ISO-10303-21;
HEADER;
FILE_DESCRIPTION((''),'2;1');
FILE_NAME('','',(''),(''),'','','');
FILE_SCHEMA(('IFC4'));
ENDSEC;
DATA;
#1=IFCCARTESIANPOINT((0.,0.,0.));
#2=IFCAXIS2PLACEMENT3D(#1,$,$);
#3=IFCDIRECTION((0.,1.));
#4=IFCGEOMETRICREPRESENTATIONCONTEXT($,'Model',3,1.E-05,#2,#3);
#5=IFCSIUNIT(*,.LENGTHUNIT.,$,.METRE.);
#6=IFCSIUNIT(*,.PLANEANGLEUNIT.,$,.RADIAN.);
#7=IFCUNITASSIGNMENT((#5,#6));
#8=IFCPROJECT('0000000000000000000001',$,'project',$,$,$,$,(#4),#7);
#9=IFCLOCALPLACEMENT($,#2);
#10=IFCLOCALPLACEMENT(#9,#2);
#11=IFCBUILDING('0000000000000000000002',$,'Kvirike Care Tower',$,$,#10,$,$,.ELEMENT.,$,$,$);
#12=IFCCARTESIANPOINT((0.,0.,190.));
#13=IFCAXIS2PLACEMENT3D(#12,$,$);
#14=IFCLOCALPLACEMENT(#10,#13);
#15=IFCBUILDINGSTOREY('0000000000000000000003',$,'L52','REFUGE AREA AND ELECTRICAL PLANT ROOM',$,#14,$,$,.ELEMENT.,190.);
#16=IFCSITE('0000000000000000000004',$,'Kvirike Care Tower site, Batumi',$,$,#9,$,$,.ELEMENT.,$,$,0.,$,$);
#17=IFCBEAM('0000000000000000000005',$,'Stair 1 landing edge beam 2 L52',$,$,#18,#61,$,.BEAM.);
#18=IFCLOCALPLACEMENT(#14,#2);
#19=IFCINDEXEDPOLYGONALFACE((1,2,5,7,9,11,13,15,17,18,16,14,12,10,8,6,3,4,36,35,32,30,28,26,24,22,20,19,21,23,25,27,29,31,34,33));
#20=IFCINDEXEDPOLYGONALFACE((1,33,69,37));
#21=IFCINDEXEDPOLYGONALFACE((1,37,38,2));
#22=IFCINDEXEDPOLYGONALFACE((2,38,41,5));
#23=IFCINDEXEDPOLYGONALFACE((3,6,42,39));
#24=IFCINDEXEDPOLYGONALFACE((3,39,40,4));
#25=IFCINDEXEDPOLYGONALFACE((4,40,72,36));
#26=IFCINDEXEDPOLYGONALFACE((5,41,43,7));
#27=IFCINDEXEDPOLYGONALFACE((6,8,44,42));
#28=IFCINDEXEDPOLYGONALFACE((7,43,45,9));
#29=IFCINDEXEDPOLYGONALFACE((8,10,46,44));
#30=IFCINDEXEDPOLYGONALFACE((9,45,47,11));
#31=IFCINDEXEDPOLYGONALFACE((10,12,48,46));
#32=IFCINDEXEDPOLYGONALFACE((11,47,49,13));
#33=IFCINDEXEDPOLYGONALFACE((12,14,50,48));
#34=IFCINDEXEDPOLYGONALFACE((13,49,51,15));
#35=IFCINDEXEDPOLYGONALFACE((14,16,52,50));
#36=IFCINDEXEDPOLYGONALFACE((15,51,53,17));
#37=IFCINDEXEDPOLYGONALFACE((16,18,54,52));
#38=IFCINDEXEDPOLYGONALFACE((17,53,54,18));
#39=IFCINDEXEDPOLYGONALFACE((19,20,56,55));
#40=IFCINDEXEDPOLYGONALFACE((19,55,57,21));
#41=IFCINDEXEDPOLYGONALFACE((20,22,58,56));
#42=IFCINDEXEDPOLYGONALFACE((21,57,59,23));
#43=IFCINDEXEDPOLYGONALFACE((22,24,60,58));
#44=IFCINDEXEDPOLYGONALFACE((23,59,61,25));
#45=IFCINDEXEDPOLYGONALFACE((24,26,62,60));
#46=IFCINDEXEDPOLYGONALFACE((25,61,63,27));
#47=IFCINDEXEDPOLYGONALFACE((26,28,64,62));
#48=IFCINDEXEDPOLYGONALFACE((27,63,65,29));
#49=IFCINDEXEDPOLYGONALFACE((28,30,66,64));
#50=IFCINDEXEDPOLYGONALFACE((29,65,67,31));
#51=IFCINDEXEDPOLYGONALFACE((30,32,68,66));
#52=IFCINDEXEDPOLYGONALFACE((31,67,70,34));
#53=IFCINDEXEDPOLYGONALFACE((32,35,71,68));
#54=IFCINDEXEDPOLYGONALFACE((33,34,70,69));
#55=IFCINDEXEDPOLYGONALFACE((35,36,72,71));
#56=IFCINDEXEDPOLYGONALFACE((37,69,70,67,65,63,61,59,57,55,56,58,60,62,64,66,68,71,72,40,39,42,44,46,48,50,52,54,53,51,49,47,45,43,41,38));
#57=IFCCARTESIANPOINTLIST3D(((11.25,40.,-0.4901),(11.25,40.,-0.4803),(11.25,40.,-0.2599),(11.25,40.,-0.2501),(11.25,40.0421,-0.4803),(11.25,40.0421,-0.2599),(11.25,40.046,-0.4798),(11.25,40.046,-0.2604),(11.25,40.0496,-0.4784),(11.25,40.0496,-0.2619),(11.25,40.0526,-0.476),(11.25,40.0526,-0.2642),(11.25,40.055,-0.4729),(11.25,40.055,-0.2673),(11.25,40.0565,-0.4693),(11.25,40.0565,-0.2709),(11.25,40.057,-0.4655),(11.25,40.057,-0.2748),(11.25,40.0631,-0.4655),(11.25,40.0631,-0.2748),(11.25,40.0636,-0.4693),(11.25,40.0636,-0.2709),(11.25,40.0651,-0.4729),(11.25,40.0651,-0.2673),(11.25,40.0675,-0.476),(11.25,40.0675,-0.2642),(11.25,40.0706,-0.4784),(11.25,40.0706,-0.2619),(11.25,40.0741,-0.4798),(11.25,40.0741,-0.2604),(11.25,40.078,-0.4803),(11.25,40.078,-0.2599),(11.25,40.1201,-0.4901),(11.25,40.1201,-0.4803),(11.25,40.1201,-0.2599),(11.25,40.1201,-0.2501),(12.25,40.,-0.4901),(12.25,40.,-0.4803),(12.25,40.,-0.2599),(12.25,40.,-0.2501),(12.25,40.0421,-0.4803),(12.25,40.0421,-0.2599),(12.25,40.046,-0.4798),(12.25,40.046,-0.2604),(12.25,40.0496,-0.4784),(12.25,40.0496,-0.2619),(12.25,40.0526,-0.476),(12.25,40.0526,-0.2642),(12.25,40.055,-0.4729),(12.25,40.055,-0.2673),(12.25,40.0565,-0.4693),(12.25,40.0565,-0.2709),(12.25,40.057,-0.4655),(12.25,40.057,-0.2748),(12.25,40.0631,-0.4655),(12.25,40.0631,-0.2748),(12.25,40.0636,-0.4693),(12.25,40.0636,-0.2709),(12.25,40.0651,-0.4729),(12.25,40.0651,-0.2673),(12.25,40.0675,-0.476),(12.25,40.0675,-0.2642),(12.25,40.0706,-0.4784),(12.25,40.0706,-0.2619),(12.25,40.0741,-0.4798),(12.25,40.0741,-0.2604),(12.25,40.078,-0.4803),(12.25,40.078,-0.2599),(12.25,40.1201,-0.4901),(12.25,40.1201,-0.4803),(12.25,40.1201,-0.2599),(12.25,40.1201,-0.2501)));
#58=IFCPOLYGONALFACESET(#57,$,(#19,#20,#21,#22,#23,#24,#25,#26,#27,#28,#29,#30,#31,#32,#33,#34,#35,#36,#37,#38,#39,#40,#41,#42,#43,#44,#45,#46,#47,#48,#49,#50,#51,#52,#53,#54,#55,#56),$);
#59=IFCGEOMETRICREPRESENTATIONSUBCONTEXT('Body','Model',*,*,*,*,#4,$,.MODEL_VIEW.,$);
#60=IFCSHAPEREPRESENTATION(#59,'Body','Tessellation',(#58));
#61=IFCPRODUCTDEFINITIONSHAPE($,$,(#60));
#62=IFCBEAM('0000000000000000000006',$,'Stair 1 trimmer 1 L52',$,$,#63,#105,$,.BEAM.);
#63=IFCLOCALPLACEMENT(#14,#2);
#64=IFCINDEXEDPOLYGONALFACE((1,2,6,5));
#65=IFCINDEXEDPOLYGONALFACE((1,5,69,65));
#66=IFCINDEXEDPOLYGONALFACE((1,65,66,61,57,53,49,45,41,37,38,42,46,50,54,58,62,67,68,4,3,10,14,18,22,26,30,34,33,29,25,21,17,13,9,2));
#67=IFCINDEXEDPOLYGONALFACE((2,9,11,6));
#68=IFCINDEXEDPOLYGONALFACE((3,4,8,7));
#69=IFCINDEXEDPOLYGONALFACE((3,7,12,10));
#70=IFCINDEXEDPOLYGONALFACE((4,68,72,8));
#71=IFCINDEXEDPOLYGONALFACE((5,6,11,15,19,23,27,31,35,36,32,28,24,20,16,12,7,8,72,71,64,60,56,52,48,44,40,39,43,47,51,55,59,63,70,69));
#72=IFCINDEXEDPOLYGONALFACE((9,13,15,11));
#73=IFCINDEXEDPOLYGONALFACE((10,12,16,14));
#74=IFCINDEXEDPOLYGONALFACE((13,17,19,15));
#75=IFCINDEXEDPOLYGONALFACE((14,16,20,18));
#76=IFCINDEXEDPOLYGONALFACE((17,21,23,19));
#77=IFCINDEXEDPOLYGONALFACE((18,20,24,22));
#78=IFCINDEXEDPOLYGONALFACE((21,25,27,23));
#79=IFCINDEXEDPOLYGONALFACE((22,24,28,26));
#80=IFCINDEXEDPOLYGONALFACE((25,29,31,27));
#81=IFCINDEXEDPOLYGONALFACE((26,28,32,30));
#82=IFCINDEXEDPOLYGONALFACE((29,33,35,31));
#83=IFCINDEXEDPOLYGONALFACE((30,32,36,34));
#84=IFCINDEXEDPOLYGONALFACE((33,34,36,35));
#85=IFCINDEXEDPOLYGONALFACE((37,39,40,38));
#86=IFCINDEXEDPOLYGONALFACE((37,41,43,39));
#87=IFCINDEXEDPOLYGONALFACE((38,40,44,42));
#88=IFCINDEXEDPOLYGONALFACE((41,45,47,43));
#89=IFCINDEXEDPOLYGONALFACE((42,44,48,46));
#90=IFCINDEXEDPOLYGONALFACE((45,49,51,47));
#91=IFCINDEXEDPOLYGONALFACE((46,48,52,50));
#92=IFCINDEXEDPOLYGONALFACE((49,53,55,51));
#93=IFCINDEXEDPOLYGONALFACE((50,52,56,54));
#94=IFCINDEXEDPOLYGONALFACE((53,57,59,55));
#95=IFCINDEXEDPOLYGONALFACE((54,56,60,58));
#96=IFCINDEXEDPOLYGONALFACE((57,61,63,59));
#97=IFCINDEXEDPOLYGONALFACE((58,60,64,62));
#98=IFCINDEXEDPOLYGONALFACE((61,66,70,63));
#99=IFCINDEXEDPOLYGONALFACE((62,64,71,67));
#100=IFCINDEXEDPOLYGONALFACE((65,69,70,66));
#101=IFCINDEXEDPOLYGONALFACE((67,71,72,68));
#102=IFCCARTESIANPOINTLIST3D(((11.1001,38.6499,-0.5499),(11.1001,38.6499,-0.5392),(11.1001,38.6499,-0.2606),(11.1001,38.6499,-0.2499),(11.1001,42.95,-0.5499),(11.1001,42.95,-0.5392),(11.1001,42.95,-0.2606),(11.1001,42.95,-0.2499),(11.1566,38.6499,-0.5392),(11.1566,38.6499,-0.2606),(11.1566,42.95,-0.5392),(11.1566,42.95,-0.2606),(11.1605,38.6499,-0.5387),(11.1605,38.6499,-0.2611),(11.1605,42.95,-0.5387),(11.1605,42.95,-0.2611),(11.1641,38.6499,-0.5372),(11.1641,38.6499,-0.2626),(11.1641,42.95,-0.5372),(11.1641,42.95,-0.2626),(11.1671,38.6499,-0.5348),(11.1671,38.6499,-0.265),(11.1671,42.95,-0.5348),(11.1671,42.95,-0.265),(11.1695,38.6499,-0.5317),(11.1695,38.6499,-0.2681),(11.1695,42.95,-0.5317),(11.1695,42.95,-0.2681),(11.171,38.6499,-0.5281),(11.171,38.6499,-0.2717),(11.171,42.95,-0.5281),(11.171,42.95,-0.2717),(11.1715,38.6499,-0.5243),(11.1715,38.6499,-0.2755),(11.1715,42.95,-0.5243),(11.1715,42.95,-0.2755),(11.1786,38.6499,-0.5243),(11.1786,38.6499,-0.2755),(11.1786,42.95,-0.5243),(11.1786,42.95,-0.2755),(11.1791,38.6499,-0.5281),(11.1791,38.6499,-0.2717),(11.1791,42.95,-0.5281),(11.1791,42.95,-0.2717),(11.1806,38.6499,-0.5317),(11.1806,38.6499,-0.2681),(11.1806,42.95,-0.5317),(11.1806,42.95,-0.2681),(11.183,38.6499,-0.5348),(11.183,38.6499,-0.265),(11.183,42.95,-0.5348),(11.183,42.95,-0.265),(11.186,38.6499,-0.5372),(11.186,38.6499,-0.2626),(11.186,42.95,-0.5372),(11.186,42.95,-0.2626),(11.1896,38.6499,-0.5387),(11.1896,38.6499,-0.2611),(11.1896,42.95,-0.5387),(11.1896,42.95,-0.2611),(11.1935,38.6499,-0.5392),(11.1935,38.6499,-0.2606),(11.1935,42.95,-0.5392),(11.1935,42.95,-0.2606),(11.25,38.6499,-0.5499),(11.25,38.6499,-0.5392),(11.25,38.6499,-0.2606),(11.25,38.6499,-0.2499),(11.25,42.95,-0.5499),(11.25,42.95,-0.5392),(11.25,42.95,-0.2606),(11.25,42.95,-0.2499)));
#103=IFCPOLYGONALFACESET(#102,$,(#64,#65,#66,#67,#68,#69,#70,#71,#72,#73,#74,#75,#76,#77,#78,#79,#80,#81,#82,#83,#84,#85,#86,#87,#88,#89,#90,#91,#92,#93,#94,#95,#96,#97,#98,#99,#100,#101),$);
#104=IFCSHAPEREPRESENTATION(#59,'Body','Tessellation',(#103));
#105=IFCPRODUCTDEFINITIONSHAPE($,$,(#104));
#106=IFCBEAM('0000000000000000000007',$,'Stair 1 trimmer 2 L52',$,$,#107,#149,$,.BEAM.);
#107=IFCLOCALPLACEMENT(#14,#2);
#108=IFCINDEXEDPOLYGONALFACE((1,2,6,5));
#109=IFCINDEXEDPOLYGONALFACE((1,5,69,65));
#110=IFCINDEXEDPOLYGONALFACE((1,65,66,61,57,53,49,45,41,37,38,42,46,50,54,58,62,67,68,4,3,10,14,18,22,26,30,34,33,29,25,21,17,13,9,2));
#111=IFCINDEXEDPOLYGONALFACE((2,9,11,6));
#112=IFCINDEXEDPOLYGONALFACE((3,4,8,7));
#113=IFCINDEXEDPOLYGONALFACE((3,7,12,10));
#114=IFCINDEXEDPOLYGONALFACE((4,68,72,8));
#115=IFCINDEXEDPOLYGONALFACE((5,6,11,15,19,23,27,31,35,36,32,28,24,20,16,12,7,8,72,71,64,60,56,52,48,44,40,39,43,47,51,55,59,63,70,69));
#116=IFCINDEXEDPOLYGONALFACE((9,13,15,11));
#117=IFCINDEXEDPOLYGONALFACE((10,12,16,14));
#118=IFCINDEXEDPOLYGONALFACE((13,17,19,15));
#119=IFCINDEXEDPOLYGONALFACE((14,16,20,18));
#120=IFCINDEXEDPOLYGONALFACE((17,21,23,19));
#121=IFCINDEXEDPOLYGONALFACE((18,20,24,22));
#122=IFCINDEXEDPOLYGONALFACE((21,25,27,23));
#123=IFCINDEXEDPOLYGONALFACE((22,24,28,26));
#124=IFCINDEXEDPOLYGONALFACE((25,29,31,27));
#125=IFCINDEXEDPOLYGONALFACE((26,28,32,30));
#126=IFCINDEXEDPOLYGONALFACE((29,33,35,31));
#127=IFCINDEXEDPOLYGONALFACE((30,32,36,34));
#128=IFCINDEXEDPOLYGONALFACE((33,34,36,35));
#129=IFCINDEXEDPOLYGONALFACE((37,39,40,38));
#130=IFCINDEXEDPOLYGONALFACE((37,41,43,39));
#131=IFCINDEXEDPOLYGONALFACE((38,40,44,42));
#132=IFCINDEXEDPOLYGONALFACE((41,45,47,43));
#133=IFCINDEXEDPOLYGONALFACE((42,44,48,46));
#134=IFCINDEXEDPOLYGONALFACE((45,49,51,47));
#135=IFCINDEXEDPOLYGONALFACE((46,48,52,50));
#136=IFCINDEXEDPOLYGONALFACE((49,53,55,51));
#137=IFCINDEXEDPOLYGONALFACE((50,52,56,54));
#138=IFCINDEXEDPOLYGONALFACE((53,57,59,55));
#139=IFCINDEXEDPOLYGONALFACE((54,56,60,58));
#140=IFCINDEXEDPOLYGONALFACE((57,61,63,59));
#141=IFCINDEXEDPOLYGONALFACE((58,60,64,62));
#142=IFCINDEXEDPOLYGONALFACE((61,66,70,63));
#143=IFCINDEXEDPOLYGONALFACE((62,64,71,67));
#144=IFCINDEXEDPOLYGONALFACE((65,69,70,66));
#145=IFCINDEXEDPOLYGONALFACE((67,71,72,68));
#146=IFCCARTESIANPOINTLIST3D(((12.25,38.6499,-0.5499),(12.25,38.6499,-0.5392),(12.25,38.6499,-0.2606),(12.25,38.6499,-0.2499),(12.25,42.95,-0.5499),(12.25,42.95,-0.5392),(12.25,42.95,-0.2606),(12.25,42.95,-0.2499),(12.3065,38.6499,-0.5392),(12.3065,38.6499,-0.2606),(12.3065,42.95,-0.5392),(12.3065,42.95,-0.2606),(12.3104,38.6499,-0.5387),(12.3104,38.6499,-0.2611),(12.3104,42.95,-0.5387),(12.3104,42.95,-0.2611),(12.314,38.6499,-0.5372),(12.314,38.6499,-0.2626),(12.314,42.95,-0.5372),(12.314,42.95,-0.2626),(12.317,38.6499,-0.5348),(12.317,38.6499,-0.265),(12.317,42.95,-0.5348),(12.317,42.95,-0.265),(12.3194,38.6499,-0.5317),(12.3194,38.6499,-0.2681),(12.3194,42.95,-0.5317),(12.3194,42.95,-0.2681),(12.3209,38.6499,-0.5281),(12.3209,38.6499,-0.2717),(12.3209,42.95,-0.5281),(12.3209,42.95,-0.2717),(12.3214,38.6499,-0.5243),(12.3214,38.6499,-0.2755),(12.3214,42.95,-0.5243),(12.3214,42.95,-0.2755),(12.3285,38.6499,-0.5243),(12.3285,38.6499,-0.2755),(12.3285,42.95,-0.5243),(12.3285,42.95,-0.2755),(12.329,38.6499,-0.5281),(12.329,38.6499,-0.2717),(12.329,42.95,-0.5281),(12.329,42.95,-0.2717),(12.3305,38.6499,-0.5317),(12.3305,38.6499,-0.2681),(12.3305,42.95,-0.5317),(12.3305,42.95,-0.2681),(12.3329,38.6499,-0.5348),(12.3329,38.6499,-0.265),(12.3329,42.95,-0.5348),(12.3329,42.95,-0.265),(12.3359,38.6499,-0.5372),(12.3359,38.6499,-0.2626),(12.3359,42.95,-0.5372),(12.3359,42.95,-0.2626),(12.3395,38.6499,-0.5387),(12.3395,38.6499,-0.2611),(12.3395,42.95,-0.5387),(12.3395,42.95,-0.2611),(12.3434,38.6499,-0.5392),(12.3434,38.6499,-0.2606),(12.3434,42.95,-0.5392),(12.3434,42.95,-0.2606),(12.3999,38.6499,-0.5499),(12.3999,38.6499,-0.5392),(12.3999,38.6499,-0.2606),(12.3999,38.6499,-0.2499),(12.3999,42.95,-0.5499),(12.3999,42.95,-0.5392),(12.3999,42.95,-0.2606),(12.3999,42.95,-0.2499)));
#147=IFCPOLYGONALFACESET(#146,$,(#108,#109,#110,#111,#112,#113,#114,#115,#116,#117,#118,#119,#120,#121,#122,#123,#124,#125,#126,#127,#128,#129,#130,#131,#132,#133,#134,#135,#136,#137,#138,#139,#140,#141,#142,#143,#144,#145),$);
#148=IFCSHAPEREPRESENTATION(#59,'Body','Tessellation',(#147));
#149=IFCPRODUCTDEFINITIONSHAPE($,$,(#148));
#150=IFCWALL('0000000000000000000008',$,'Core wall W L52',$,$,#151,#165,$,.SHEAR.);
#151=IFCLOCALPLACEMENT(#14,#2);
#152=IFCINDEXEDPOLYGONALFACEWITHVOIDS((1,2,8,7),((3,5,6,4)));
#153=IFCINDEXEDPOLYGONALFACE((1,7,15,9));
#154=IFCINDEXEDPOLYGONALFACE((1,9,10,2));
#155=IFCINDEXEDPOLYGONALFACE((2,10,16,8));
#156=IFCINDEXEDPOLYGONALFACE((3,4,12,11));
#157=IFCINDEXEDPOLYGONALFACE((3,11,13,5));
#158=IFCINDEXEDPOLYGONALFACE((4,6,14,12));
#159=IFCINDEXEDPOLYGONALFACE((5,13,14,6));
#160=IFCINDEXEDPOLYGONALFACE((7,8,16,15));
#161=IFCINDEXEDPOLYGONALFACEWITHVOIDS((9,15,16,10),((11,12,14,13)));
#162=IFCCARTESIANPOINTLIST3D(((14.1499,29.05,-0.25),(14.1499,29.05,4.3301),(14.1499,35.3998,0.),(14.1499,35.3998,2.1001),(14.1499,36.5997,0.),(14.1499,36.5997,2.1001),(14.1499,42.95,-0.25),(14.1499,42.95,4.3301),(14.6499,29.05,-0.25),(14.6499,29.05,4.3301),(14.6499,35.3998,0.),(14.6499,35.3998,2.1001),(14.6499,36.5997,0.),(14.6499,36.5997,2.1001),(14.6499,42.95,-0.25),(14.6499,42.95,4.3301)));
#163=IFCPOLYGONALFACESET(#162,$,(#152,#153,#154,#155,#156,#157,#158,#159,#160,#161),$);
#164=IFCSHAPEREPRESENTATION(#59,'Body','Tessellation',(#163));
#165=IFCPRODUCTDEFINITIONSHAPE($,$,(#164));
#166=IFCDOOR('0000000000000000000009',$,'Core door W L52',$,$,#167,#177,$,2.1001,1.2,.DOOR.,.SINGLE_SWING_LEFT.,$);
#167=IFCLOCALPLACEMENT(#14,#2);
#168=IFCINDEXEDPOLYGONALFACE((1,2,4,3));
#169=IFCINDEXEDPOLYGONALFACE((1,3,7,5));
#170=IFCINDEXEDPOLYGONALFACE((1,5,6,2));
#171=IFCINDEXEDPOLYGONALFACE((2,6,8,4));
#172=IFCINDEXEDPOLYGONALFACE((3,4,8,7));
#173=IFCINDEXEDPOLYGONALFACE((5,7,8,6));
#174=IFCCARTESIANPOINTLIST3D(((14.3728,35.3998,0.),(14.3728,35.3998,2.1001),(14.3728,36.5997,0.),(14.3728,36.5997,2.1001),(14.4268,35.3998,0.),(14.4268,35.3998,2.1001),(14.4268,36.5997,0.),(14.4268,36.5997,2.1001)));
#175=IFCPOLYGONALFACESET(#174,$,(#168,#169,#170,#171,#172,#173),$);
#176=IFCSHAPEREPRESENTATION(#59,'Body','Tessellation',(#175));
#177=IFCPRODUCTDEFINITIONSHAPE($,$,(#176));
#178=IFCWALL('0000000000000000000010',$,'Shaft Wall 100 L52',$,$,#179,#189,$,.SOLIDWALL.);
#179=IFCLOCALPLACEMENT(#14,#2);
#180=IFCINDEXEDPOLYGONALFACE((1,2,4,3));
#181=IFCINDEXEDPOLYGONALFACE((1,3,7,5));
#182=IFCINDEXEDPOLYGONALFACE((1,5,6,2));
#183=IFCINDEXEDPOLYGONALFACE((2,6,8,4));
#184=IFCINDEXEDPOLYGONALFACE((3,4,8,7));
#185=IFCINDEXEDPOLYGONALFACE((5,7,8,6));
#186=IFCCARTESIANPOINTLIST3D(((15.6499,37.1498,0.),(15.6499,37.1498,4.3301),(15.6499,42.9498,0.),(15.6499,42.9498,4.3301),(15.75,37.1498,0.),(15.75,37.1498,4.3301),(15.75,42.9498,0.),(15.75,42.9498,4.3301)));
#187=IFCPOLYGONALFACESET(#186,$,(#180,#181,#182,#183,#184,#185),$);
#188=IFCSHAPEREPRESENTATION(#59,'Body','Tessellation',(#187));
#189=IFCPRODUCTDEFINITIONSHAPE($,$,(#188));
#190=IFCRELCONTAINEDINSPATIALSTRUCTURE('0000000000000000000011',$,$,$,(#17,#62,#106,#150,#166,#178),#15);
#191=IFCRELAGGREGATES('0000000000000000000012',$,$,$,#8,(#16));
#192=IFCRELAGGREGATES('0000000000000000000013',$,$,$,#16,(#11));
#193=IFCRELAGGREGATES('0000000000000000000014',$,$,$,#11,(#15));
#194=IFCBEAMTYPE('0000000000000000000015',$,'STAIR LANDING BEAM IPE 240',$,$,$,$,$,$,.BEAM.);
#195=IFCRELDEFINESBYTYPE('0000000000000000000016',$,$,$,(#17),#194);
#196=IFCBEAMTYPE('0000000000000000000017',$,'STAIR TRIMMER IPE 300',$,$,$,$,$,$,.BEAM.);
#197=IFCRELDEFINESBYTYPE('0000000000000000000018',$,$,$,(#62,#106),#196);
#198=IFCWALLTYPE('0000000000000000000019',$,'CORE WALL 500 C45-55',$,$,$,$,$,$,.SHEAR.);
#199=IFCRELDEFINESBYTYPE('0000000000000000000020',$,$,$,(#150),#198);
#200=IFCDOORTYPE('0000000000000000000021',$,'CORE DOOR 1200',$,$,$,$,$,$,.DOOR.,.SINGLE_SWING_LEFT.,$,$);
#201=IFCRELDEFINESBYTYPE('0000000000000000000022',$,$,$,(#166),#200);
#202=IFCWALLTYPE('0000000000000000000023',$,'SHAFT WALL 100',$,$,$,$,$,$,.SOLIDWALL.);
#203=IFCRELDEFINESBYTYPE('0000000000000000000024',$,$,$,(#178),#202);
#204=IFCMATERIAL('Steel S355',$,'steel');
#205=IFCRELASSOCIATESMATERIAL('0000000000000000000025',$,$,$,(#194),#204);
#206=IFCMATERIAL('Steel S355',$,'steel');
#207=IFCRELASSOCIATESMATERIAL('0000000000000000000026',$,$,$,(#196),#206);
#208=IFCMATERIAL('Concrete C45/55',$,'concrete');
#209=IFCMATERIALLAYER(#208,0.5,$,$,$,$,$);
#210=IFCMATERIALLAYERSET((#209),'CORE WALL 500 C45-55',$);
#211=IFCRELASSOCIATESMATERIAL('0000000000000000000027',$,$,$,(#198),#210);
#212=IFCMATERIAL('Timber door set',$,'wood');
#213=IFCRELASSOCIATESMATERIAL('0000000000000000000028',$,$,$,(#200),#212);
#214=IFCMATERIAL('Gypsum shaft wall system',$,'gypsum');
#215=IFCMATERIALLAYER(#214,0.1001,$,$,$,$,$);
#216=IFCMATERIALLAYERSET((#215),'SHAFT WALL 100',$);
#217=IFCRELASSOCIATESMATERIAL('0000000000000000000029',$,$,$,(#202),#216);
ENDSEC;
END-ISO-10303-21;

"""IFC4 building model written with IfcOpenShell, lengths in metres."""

from ifc_helpers import new_model, si_unit, direction, frame, frame_2d, origin, origin_2d, place, context, subcontext, project, spatial, rectangle, i_section, extrude, material, layer, layer_set, material_profile, profile_set, type_object, element, fill, save


model = new_model("IFC4")

# Units and contexts
model_context = context("Model", 3, precision=1e-05, world=origin(), true_north=direction((0.0, 1.0)))
body_context = subcontext(model_context, "Body", "Model", "MODEL_VIEW")
ifc_project = project(units=[si_unit("LENGTHUNIT", "METRE"), si_unit("PLANEANGLEUNIT", "RADIAN")], contexts=[model_context])

# Site, building, storey
site_placement = place(None, origin())
site = spatial("IfcSite", under=ifc_project, at=site_placement, Name="Kvirike Care Tower site, Batumi", CompositionType="ELEMENT", RefElevation=0.0)
building_placement = place(site_placement, origin())
building = spatial("IfcBuilding", under=site, at=building_placement, Name="Kvirike Care Tower", CompositionType="ELEMENT")
storey_placement = place(building_placement, frame((0.0, 0.0, 190.0)))
storey = spatial("IfcBuildingStorey", under=building, at=storey_placement, Name="L52", Description="REFUGE AREA AND ELECTRICAL PLANT ROOM", CompositionType="ELEMENT", Elevation=190.0)

# Beams
ifc_material_1 = material(Name="Steel S355", Category="steel")
ifc_material_profile_1 = material_profile(ifc_material_1, i_section(OverallWidth=0.1201, OverallDepth=0.24, WebThickness=0.0061, FlangeThickness=0.0098, FilletRadius=0.0149, at=origin_2d()), Name="IPE 240")
ifc_profile_set_1 = profile_set([ifc_material_profile_1], Name="Steel S355")
beam_type_1 = type_object("IfcBeamType", Name="STAIR LANDING BEAM IPE 240", PredefinedType="BEAM", material=ifc_profile_set_1)
for number, where, z_axis, x_axis, name in (
    (1, (11.25, 40.0601, -0.3701), (1.0, 0.0, 0.0), (0.0, 1.0, 0.0), "Stair 1 landing edge beam 2 L52"),
):
    element("IfcBeam", number, at=place(storey_placement, frame(where, z_axis=z_axis, x_axis=x_axis)), inside=storey, type_object=beam_type_1, Name=name, PredefinedType="BEAM", context=body_context, shape_type="SweptSolid", body=[
        extrude(i_section(OverallWidth=0.1201, OverallDepth=0.24, WebThickness=0.0061, FlangeThickness=0.0098, FilletRadius=0.0149, at=origin_2d()), origin(), (0.0, 0.0, 1.0), 1.0),
    ])
ifc_material_2 = material(Name="Steel S355", Category="steel")
ifc_material_profile_2 = material_profile(ifc_material_2, i_section(OverallWidth=0.1499, OverallDepth=0.3, WebThickness=0.0071, FlangeThickness=0.0107, FilletRadius=0.0149, at=origin_2d()), Name="IPE 300")
ifc_profile_set_2 = profile_set([ifc_material_profile_2], Name="Steel S355")
beam_type_2 = type_object("IfcBeamType", Name="STAIR TRIMMER IPE 300", PredefinedType="BEAM", material=ifc_profile_set_2)
for number, where, z_axis, x_axis, name in (
    (2, (11.175, 42.95, -0.3999), (0.0, -1.0, 0.0), (1.0, 0.0, 0.0), "Stair 1 trimmer 1 L52"),
    (3, (12.325, 42.95, -0.3999), (0.0, -1.0, 0.0), (1.0, 0.0, 0.0), "Stair 1 trimmer 2 L52"),
):
    element("IfcBeam", number, at=place(storey_placement, frame(where, z_axis=z_axis, x_axis=x_axis)), inside=storey, type_object=beam_type_2, Name=name, PredefinedType="BEAM", context=body_context, shape_type="SweptSolid", body=[
        extrude(i_section(OverallWidth=0.1499, OverallDepth=0.3, WebThickness=0.0071, FlangeThickness=0.0107, FilletRadius=0.0149, at=origin_2d()), origin(), (0.0, 0.0, 1.0), 4.3),
    ])

# Wall, opening, door
ifc_material_3 = material(Name="Concrete C45/55", Category="concrete")
ifc_layer_1 = layer(ifc_material_3, 0.5)
ifc_layer_set_1 = layer_set([ifc_layer_1], Name="CORE WALL 500 C45-55")
wall_type_1 = type_object("IfcWallType", Name="CORE WALL 500 C45-55", PredefinedType="SHEAR", material=ifc_layer_set_1)
wall_1_placement = place(storey_placement, frame((14.3999, 42.95, -0.25), z_axis=(0.0, 0.0, 1.0), x_axis=(0.0, -1.0, 0.0)))
wall_1 = element("IfcWall", 4, at=wall_1_placement, inside=storey, type_object=wall_type_1, Name="Core wall W L52", PredefinedType="SHEAR", context=body_context, shape_type="SweptSolid", body=[
    extrude(rectangle(XDim=13.8999, YDim=0.5, at=frame_2d((6.95, 0.0))), origin(), (0.0, 0.0, 1.0), 4.5801),
])
opening_1_placement = place(wall_1_placement, frame((6.3501, 0.0, 0.25)))
opening_1 = element("IfcOpeningElement", 5, at=opening_1_placement, cuts=wall_1, PredefinedType="OPENING", context=body_context, shape_type="SweptSolid", body=[
    extrude(rectangle(XDim=1.2, YDim=2.1001, at=frame_2d((0.6001, 1.05))), frame((0.0, 0.2605, 0.0), z_axis=(0.0, -1.0, 0.0), x_axis=(1.0, 0.0, 0.0)), (0.0, 0.0, 1.0), 0.521),
])
ifc_material_4 = material(Name="Timber door set", Category="wood")
door_type_1 = type_object("IfcDoorType", Name="CORE DOOR 1200", OperationType="SINGLE_SWING_LEFT", PredefinedType="DOOR", material=ifc_material_4)
door_1_placement = place(opening_1_placement, origin())
door_1 = element("IfcDoor", 6, at=door_1_placement, inside=storey, type_object=door_type_1, Name="Core door W L52", OperationType="SINGLE_SWING_LEFT", OverallHeight=2.1001, OverallWidth=1.2, PredefinedType="DOOR", context=body_context, shape_type="SweptSolid", body=[
    extrude(rectangle(XDim=1.2, YDim=2.1001, at=frame_2d((0.6001, 1.05))), frame((0.0, 0.0269, 0.0), z_axis=(0.0, -1.0, 0.0), x_axis=(1.0, 0.0, 0.0)), (0.0, 0.0, 1.0), 0.054),
])
fill(opening_1, door_1)

# Wall
ifc_material_5 = material(Name="Gypsum shaft wall system", Category="gypsum")
ifc_layer_2 = layer(ifc_material_5, 0.1001)
ifc_layer_set_2 = layer_set([ifc_layer_2], Name="SHAFT WALL 100")
wall_type_2 = type_object("IfcWallType", Name="SHAFT WALL 100", PredefinedType="SOLIDWALL", material=ifc_layer_set_2)
wall_2_placement = place(storey_placement, frame((15.7, 37.1499, 0.0), z_axis=(0.0, 0.0, 1.0), x_axis=(0.0, 1.0, 0.0)))
element("IfcWall", 7, at=wall_2_placement, inside=storey, type_object=wall_type_2, Name="Shaft Wall 100 L52", PredefinedType="SOLIDWALL", context=body_context, shape_type="SweptSolid", body=[
    extrude(rectangle(XDim=5.8, YDim=0.1001, at=frame_2d((2.8999, 0.0))), origin(), (0.0, 0.0, 1.0), 4.3301),
])

save(model, "model.ifc")
